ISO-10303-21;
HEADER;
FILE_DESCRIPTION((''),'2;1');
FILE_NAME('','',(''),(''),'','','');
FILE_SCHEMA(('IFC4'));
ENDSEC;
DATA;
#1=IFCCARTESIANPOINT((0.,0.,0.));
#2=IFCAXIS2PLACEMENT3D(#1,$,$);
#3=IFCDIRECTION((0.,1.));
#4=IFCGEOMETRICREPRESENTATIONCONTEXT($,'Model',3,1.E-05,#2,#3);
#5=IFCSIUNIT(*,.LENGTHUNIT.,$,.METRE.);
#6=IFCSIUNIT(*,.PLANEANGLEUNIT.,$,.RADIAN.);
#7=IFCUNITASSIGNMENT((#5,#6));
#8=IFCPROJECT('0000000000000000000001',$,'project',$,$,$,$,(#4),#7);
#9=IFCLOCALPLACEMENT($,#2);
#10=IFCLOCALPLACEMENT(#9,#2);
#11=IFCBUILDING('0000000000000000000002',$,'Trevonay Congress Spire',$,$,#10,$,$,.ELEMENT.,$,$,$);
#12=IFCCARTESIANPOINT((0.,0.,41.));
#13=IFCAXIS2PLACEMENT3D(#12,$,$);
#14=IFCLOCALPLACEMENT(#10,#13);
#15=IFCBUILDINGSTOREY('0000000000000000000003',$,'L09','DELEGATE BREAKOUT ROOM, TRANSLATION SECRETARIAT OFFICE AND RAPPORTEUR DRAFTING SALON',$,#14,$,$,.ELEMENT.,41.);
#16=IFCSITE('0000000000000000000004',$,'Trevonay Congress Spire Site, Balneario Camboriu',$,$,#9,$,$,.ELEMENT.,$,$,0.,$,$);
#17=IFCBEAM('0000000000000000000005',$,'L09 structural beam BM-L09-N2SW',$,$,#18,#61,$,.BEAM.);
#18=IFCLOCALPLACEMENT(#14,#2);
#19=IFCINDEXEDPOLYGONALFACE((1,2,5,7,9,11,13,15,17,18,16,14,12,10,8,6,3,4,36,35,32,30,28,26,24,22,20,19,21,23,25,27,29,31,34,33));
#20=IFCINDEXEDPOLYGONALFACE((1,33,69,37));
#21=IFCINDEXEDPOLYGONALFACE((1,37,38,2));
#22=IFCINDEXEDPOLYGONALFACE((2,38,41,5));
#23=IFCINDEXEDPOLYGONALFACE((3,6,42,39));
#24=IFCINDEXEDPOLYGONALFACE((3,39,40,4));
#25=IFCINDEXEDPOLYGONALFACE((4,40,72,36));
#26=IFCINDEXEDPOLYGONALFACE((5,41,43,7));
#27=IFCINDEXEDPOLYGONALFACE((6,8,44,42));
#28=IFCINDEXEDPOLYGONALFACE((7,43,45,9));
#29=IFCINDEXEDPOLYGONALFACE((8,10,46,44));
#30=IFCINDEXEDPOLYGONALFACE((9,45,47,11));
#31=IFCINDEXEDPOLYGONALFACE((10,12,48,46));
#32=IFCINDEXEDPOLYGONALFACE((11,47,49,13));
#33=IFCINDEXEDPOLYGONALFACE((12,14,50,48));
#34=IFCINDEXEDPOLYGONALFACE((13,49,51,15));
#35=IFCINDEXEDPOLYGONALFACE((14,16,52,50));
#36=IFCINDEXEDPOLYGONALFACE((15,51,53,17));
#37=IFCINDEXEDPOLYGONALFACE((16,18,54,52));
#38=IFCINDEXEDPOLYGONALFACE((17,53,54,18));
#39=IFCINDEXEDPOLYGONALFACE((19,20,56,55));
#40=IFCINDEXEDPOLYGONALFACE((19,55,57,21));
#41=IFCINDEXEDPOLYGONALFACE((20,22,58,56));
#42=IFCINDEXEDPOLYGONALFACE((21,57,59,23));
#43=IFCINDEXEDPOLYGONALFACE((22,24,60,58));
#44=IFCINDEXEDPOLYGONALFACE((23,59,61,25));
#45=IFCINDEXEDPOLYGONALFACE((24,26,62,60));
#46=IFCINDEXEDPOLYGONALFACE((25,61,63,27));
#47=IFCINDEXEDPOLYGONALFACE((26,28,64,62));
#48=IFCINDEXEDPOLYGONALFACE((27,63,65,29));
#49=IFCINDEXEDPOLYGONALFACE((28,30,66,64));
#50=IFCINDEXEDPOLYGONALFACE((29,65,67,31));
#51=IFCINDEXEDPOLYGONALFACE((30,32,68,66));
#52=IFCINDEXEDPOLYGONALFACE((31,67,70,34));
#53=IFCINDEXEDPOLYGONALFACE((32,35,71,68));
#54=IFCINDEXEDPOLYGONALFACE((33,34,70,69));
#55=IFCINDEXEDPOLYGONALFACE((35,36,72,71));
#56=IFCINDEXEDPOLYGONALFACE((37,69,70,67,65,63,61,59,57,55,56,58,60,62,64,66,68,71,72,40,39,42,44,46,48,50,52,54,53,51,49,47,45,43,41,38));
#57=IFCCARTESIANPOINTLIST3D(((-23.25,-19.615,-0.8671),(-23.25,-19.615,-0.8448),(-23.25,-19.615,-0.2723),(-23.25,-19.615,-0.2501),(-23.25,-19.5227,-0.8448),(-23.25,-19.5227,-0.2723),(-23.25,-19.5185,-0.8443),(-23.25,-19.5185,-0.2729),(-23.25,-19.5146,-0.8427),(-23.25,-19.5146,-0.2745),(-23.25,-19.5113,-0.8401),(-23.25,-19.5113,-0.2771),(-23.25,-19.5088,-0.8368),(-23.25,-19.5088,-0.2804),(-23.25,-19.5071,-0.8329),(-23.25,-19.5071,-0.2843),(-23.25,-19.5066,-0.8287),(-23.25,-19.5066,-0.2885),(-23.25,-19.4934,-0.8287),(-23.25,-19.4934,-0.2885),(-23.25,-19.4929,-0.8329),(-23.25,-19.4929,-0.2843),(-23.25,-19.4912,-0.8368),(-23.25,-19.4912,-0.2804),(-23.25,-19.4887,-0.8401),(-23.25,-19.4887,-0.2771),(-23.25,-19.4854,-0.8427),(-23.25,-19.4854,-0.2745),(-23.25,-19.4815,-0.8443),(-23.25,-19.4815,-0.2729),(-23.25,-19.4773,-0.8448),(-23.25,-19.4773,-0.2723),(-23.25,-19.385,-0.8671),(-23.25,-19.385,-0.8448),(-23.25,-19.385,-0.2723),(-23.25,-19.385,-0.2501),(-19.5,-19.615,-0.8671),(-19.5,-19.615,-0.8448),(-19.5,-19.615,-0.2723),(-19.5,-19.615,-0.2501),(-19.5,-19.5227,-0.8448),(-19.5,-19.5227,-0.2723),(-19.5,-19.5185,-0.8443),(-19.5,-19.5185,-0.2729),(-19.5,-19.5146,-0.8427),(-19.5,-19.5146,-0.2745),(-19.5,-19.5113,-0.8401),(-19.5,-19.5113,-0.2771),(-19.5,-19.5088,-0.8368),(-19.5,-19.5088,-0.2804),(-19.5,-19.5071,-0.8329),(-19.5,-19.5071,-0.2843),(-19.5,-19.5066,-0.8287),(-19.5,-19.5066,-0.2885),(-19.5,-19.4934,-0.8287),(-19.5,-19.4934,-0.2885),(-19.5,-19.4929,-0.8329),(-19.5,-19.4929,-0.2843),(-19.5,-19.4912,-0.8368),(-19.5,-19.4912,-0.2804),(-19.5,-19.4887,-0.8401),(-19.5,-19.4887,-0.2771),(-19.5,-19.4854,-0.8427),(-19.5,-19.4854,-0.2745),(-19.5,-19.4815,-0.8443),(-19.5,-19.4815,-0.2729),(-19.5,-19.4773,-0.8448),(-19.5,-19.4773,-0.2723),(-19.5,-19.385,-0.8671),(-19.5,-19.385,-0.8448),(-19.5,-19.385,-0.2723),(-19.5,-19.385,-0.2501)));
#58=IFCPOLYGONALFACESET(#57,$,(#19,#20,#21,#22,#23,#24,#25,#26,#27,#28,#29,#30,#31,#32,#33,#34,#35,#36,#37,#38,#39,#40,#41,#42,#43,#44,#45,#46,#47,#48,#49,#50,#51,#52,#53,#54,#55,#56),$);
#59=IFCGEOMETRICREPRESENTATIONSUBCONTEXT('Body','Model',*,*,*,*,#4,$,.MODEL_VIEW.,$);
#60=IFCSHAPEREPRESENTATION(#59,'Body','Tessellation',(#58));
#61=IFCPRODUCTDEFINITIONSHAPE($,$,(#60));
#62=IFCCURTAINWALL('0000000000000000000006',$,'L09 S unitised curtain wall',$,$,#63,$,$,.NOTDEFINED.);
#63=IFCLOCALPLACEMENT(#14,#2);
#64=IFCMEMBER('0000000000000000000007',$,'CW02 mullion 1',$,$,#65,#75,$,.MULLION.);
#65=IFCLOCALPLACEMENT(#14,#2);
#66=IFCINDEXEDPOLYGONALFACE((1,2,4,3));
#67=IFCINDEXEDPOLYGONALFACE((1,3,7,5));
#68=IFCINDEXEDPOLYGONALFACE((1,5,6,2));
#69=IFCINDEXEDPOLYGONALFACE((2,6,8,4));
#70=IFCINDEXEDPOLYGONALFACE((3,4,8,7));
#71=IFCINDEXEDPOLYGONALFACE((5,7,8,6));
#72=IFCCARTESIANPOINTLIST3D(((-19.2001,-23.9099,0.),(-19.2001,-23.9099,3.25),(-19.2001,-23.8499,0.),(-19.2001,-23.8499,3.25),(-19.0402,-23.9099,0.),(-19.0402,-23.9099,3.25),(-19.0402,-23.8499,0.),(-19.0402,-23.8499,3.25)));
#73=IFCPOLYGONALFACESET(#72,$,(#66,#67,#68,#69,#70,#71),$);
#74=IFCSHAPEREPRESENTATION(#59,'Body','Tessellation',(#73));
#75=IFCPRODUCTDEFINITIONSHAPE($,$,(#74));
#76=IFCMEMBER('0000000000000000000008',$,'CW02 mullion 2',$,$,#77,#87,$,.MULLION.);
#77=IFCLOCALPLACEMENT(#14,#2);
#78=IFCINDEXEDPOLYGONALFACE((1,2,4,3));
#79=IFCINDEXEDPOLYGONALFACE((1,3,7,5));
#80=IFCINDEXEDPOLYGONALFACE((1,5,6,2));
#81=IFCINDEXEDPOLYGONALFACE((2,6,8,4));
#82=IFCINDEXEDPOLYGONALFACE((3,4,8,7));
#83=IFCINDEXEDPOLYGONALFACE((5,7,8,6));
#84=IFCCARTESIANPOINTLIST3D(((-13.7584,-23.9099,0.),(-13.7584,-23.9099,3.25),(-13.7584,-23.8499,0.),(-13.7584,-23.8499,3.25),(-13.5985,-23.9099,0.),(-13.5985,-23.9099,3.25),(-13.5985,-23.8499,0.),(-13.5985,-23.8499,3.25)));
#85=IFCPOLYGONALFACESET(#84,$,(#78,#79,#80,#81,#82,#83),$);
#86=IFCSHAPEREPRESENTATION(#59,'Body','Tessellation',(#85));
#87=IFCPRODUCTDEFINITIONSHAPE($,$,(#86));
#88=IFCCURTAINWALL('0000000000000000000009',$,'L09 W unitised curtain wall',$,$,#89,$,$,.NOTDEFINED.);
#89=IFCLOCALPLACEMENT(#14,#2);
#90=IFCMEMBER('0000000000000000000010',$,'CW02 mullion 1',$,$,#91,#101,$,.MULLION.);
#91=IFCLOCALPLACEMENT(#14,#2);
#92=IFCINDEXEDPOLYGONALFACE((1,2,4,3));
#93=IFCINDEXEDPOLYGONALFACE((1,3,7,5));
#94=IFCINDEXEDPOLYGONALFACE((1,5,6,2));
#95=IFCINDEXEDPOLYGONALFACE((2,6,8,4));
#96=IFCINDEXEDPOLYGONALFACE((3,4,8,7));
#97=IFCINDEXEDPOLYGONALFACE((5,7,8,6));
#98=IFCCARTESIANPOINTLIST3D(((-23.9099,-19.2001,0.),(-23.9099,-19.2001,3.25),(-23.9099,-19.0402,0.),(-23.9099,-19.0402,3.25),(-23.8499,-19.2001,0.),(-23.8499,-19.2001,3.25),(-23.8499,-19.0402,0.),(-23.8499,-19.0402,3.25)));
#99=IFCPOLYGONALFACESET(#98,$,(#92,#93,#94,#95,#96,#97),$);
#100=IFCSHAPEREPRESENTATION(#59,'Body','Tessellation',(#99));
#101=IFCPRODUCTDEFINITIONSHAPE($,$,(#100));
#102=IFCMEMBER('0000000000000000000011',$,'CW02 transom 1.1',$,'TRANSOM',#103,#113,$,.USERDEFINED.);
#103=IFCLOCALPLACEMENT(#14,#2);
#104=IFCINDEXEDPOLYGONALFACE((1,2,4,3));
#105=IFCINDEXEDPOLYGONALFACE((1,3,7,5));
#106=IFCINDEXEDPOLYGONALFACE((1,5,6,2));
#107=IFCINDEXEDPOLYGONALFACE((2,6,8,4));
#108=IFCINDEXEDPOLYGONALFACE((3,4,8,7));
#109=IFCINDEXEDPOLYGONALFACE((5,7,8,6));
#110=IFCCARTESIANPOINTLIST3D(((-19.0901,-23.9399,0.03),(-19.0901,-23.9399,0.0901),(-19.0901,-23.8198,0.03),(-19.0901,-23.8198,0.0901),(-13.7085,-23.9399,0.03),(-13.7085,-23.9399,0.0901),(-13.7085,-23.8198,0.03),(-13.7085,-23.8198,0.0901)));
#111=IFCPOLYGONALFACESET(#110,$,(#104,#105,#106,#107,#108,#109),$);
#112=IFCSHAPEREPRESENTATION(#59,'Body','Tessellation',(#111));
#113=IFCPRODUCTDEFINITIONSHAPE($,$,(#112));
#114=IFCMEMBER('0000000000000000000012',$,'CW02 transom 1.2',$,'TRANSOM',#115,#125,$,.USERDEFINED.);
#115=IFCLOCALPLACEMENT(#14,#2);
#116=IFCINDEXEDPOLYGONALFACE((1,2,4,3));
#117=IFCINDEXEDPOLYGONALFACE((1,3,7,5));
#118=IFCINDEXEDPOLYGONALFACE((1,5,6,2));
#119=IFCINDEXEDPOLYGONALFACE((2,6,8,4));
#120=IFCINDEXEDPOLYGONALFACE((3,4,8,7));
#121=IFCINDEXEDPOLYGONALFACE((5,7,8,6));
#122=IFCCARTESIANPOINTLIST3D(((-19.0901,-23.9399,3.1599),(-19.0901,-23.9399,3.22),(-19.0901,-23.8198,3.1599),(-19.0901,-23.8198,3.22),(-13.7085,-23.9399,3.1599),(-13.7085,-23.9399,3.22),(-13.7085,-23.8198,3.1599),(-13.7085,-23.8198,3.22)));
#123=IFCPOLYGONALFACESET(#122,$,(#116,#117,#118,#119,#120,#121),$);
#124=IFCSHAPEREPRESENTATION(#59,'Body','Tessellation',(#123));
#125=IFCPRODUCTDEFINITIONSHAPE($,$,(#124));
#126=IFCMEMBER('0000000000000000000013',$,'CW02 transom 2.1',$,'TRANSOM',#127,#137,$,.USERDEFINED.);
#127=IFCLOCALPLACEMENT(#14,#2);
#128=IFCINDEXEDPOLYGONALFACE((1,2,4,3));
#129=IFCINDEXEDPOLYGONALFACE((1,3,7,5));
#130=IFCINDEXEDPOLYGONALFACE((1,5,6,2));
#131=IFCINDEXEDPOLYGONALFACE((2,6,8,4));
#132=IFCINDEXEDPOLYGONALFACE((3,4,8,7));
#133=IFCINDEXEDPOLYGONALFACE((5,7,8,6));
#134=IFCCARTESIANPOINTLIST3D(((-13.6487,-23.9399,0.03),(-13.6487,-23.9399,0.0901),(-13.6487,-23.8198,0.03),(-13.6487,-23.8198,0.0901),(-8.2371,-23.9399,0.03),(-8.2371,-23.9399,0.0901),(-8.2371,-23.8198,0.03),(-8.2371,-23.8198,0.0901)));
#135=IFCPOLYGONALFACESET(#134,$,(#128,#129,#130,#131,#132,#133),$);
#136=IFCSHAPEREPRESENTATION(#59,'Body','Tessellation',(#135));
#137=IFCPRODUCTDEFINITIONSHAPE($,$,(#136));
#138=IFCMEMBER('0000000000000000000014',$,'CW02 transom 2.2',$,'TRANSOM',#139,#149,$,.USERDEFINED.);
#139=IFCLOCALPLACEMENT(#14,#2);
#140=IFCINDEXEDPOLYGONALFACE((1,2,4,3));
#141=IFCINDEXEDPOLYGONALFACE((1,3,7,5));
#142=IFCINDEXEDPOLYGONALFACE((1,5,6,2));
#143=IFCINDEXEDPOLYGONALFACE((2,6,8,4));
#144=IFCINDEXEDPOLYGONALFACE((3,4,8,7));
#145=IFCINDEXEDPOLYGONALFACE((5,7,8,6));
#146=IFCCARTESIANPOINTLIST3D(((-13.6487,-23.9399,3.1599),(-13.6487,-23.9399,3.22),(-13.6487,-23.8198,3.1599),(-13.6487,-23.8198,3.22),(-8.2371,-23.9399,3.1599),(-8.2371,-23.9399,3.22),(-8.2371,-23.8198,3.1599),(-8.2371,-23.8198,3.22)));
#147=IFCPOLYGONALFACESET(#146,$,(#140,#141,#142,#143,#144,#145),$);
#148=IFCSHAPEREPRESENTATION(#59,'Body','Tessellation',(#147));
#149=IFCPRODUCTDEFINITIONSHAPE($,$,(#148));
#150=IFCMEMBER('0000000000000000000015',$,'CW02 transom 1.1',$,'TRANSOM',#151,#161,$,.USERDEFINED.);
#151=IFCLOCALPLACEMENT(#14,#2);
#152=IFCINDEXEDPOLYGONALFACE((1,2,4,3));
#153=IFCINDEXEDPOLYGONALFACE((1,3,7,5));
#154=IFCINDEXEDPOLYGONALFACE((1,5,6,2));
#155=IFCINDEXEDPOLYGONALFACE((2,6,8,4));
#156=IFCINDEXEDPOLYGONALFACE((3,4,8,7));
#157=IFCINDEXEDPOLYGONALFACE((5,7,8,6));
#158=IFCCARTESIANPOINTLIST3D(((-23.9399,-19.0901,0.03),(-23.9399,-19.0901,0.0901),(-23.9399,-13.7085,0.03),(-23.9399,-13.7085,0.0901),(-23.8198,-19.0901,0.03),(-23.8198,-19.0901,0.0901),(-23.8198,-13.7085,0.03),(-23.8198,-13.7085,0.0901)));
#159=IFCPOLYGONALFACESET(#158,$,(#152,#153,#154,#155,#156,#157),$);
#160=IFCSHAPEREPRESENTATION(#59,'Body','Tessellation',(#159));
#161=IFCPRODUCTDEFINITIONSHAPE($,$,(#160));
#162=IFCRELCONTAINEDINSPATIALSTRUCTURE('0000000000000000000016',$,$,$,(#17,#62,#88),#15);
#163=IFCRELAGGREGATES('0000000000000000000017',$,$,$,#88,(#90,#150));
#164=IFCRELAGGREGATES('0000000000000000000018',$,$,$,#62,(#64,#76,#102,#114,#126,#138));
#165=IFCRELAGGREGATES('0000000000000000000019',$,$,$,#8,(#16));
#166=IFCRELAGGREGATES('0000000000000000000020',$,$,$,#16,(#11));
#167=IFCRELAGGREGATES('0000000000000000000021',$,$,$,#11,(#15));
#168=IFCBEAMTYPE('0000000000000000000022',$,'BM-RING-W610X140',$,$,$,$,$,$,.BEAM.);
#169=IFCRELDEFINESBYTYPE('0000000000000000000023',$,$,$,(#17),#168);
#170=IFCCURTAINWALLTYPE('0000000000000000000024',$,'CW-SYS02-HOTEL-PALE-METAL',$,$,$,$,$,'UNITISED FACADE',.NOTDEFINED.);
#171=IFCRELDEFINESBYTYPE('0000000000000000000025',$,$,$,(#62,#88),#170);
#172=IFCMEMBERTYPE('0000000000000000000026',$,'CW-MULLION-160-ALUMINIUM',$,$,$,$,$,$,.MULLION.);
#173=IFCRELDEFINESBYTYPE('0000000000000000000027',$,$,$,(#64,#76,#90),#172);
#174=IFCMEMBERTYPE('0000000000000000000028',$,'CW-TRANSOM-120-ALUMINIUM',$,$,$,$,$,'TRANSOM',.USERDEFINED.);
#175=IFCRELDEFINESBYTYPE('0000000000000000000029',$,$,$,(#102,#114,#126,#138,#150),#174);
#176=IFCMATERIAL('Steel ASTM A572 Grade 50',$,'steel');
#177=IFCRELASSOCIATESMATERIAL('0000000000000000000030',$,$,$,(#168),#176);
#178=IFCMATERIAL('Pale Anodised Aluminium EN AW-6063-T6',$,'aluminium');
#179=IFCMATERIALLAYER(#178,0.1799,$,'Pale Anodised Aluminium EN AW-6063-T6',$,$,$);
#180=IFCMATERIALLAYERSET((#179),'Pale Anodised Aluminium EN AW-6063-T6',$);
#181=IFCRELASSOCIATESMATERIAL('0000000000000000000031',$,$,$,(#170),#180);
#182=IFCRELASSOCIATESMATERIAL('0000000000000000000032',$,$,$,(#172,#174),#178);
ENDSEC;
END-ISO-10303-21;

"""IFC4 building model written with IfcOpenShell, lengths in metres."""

from ifc_helpers import new_model, si_unit, direction, frame, origin, origin_2d, place, context, subcontext, project, spatial, rectangle, i_section, extrude, material, layer, layer_set, material_profile, profile_set, type_object, element, aggregate, save


model = new_model("IFC4")

# Units and contexts
model_context = context("Model", 3, precision=1e-05, world=origin(), true_north=direction((0.0, 1.0)))
body_context = subcontext(model_context, "Body", "Model", "MODEL_VIEW")
ifc_project = project(units=[si_unit("LENGTHUNIT", "METRE"), si_unit("PLANEANGLEUNIT", "RADIAN")], contexts=[model_context])

# Site, building, storey
site_placement = place(None, origin())
site = spatial("IfcSite", under=ifc_project, at=site_placement, Name="Trevonay Congress Spire Site, Balneario Camboriu", CompositionType="ELEMENT", RefElevation=0.0)
building_placement = place(site_placement, origin())
building = spatial("IfcBuilding", under=site, at=building_placement, Name="Trevonay Congress Spire", CompositionType="ELEMENT")
storey_placement = place(building_placement, frame((0.0, 0.0, 41.0)))
storey = spatial("IfcBuildingStorey", under=building, at=storey_placement, Name="L09", Description="DELEGATE BREAKOUT ROOM, TRANSLATION SECRETARIAT OFFICE AND RAPPORTEUR DRAFTING SALON", CompositionType="ELEMENT", Elevation=41.0)

# Shared definitions
ifc_material_1 = material(Name="Steel ASTM A572 Grade 50", Category="steel")

# Beam
ifc_material_profile_1 = material_profile(ifc_material_1, i_section(OverallWidth=0.23, OverallDepth=0.6169, WebThickness=0.0132, FlangeThickness=0.0222, FilletRadius=0.0161, at=origin_2d()), Name="W610x140")
ifc_profile_set_1 = profile_set([ifc_material_profile_1], Name="Steel ASTM A572 Grade 50")
beam_type_1 = type_object("IfcBeamType", Name="BM-RING-W610X140", PredefinedType="BEAM", material=ifc_profile_set_1)
for number, where, z_axis, x_axis, name in (
    (1, (-23.25, -19.5, -0.5586), (1.0, 0.0, 0.0), (0.0, 1.0, 0.0), "L09 structural beam BM-L09-N2SW"),
):
    element("IfcBeam", number, at=place(storey_placement, frame(where, z_axis=z_axis, x_axis=x_axis)), inside=storey, type_object=beam_type_1, Name=name, PredefinedType="BEAM", context=body_context, shape_type="SweptSolid", body=[
        extrude(i_section(OverallWidth=0.23, OverallDepth=0.6169, WebThickness=0.0132, FlangeThickness=0.0222, FilletRadius=0.0161, at=origin_2d()), origin(), (0.0, 0.0, 1.0), 3.75),
    ])

# Curtain wall, members
ifc_material_2 = material(Name="Pale Anodised Aluminium EN AW-6063-T6", Category="aluminium")
ifc_layer_1 = layer(ifc_material_2, 0.1799, Name="Pale Anodised Aluminium EN AW-6063-T6")
ifc_layer_set_1 = layer_set([ifc_layer_1], Name="Pale Anodised Aluminium EN AW-6063-T6")
curtain_wall_type = type_object("IfcCurtainWallType", Name="CW-SYS02-HOTEL-PALE-METAL", ElementType="UNITISED FACADE", PredefinedType="NOTDEFINED", material=ifc_layer_set_1)
curtain_wall_1_placement = place(storey_placement, origin())
curtain_wall_1 = element("IfcCurtainWall", 2, at=curtain_wall_1_placement, inside=storey, type_object=curtain_wall_type, Name="L09 S unitised curtain wall", PredefinedType="NOTDEFINED")
ifc_material_profile_2 = material_profile(ifc_material_2, rectangle(XDim=0.0601, YDim=0.1599, at=origin_2d()), Name="CW-MULLION-160-ALUMINIUM")
ifc_profile_set_2 = profile_set([ifc_material_profile_2], Name="Pale Anodised Aluminium EN AW-6063-T6")
member_type_1 = type_object("IfcMemberType", Name="CW-MULLION-160-ALUMINIUM", PredefinedType="MULLION", material=ifc_profile_set_2)
member_1_placement = place(storey_placement, frame((-19.1201, -23.8799, 0.0), z_axis=(0.0, 0.0, 1.0), x_axis=(0.0, 1.0, 0.0)))
member_1 = element("IfcMember", 3, at=member_1_placement, type_object=member_type_1, Name="CW02 mullion 1", PredefinedType="MULLION", context=body_context, shape_type="SweptSolid", body=[
    extrude(rectangle(XDim=0.0601, YDim=0.1599, at=origin_2d()), origin(), (0.0, 0.0, 1.0), 3.25),
])
member_2_placement = place(storey_placement, frame((-13.6785, -23.8799, 0.0), z_axis=(0.0, 0.0, 1.0), x_axis=(0.0, 1.0, 0.0)))
member_2 = element("IfcMember", 4, at=member_2_placement, type_object=member_type_1, Name="CW02 mullion 2", PredefinedType="MULLION", context=body_context, shape_type="SweptSolid", body=[
    extrude(rectangle(XDim=0.0601, YDim=0.1599, at=origin_2d()), origin(), (0.0, 0.0, 1.0), 3.25),
])

# Curtain wall, member
curtain_wall_2_placement = place(storey_placement, origin())
curtain_wall_2 = element("IfcCurtainWall", 5, at=curtain_wall_2_placement, inside=storey, type_object=curtain_wall_type, Name="L09 W unitised curtain wall", PredefinedType="NOTDEFINED")
member_3_placement = place(storey_placement, frame((-23.8799, -19.1201, 0.0), z_axis=(0.0, 0.0, 1.0), x_axis=(-1.0, 0.0, 0.0)))
member_3 = element("IfcMember", 6, at=member_3_placement, type_object=member_type_1, Name="CW02 mullion 1", PredefinedType="MULLION", context=body_context, shape_type="SweptSolid", body=[
    extrude(rectangle(XDim=0.0601, YDim=0.1599, at=origin_2d()), origin(), (0.0, 0.0, 1.0), 3.25),
])

# Members
ifc_material_profile_3 = material_profile(ifc_material_2, rectangle(XDim=0.1201, YDim=0.0601, at=origin_2d()), Name="CW-TRANSOM-120-ALUMINIUM")
ifc_profile_set_3 = profile_set([ifc_material_profile_3], Name="Pale Anodised Aluminium EN AW-6063-T6")
member_type_2 = type_object("IfcMemberType", Name="CW-TRANSOM-120-ALUMINIUM", ElementType="TRANSOM", PredefinedType="USERDEFINED", material=ifc_profile_set_3)
member_4_placement = place(storey_placement, frame((-19.0901, -23.8799, 0.0601), z_axis=(1.0, 0.0, 0.0), x_axis=(0.0, 1.0, 0.0)))
member_4 = element("IfcMember", 7, at=member_4_placement, type_object=member_type_2, Name="CW02 transom 1.1", ObjectType="TRANSOM", PredefinedType="USERDEFINED", context=body_context, shape_type="SweptSolid", body=[
    extrude(rectangle(XDim=0.1201, YDim=0.0601, at=origin_2d()), origin(), (0.0, 0.0, 1.0), 5.3816),
])
member_5_placement = place(storey_placement, frame((-19.0901, -23.8799, 3.1899), z_axis=(1.0, 0.0, 0.0), x_axis=(0.0, 1.0, 0.0)))
member_5 = element("IfcMember", 8, at=member_5_placement, type_object=member_type_2, Name="CW02 transom 1.2", ObjectType="TRANSOM", PredefinedType="USERDEFINED", context=body_context, shape_type="SweptSolid", body=[
    extrude(rectangle(XDim=0.1201, YDim=0.0601, at=origin_2d()), origin(), (0.0, 0.0, 1.0), 5.3816),
])
member_6_placement = place(storey_placement, frame((-13.6487, -23.8799, 0.0601), z_axis=(1.0, 0.0, 0.0), x_axis=(0.0, 1.0, 0.0)))
member_6 = element("IfcMember", 9, at=member_6_placement, type_object=member_type_2, Name="CW02 transom 2.1", ObjectType="TRANSOM", PredefinedType="USERDEFINED", context=body_context, shape_type="SweptSolid", body=[
    extrude(rectangle(XDim=0.1201, YDim=0.0601, at=origin_2d()), origin(), (0.0, 0.0, 1.0), 5.4116),
])
member_7_placement = place(storey_placement, frame((-13.6487, -23.8799, 3.1899), z_axis=(1.0, 0.0, 0.0), x_axis=(0.0, 1.0, 0.0)))
member_7 = element("IfcMember", 10, at=member_7_placement, type_object=member_type_2, Name="CW02 transom 2.2", ObjectType="TRANSOM", PredefinedType="USERDEFINED", context=body_context, shape_type="SweptSolid", body=[
    extrude(rectangle(XDim=0.1201, YDim=0.0601, at=origin_2d()), origin(), (0.0, 0.0, 1.0), 5.4116),
])
member_8_placement = place(storey_placement, frame((-23.8799, -19.0901, 0.0601), z_axis=(0.0, 1.0, 0.0), x_axis=(-1.0, 0.0, 0.0)))
member_8 = element("IfcMember", 11, at=member_8_placement, type_object=member_type_2, Name="CW02 transom 1.1", ObjectType="TRANSOM", PredefinedType="USERDEFINED", context=body_context, shape_type="SweptSolid", body=[
    extrude(rectangle(XDim=0.1201, YDim=0.0601, at=origin_2d()), origin(), (0.0, 0.0, 1.0), 5.3816),
])
aggregate(curtain_wall_2, [member_3, member_8])

aggregate(curtain_wall_1, [member_1, member_2, member_4, member_5, member_6, member_7])

save(model, "model.ifc")
